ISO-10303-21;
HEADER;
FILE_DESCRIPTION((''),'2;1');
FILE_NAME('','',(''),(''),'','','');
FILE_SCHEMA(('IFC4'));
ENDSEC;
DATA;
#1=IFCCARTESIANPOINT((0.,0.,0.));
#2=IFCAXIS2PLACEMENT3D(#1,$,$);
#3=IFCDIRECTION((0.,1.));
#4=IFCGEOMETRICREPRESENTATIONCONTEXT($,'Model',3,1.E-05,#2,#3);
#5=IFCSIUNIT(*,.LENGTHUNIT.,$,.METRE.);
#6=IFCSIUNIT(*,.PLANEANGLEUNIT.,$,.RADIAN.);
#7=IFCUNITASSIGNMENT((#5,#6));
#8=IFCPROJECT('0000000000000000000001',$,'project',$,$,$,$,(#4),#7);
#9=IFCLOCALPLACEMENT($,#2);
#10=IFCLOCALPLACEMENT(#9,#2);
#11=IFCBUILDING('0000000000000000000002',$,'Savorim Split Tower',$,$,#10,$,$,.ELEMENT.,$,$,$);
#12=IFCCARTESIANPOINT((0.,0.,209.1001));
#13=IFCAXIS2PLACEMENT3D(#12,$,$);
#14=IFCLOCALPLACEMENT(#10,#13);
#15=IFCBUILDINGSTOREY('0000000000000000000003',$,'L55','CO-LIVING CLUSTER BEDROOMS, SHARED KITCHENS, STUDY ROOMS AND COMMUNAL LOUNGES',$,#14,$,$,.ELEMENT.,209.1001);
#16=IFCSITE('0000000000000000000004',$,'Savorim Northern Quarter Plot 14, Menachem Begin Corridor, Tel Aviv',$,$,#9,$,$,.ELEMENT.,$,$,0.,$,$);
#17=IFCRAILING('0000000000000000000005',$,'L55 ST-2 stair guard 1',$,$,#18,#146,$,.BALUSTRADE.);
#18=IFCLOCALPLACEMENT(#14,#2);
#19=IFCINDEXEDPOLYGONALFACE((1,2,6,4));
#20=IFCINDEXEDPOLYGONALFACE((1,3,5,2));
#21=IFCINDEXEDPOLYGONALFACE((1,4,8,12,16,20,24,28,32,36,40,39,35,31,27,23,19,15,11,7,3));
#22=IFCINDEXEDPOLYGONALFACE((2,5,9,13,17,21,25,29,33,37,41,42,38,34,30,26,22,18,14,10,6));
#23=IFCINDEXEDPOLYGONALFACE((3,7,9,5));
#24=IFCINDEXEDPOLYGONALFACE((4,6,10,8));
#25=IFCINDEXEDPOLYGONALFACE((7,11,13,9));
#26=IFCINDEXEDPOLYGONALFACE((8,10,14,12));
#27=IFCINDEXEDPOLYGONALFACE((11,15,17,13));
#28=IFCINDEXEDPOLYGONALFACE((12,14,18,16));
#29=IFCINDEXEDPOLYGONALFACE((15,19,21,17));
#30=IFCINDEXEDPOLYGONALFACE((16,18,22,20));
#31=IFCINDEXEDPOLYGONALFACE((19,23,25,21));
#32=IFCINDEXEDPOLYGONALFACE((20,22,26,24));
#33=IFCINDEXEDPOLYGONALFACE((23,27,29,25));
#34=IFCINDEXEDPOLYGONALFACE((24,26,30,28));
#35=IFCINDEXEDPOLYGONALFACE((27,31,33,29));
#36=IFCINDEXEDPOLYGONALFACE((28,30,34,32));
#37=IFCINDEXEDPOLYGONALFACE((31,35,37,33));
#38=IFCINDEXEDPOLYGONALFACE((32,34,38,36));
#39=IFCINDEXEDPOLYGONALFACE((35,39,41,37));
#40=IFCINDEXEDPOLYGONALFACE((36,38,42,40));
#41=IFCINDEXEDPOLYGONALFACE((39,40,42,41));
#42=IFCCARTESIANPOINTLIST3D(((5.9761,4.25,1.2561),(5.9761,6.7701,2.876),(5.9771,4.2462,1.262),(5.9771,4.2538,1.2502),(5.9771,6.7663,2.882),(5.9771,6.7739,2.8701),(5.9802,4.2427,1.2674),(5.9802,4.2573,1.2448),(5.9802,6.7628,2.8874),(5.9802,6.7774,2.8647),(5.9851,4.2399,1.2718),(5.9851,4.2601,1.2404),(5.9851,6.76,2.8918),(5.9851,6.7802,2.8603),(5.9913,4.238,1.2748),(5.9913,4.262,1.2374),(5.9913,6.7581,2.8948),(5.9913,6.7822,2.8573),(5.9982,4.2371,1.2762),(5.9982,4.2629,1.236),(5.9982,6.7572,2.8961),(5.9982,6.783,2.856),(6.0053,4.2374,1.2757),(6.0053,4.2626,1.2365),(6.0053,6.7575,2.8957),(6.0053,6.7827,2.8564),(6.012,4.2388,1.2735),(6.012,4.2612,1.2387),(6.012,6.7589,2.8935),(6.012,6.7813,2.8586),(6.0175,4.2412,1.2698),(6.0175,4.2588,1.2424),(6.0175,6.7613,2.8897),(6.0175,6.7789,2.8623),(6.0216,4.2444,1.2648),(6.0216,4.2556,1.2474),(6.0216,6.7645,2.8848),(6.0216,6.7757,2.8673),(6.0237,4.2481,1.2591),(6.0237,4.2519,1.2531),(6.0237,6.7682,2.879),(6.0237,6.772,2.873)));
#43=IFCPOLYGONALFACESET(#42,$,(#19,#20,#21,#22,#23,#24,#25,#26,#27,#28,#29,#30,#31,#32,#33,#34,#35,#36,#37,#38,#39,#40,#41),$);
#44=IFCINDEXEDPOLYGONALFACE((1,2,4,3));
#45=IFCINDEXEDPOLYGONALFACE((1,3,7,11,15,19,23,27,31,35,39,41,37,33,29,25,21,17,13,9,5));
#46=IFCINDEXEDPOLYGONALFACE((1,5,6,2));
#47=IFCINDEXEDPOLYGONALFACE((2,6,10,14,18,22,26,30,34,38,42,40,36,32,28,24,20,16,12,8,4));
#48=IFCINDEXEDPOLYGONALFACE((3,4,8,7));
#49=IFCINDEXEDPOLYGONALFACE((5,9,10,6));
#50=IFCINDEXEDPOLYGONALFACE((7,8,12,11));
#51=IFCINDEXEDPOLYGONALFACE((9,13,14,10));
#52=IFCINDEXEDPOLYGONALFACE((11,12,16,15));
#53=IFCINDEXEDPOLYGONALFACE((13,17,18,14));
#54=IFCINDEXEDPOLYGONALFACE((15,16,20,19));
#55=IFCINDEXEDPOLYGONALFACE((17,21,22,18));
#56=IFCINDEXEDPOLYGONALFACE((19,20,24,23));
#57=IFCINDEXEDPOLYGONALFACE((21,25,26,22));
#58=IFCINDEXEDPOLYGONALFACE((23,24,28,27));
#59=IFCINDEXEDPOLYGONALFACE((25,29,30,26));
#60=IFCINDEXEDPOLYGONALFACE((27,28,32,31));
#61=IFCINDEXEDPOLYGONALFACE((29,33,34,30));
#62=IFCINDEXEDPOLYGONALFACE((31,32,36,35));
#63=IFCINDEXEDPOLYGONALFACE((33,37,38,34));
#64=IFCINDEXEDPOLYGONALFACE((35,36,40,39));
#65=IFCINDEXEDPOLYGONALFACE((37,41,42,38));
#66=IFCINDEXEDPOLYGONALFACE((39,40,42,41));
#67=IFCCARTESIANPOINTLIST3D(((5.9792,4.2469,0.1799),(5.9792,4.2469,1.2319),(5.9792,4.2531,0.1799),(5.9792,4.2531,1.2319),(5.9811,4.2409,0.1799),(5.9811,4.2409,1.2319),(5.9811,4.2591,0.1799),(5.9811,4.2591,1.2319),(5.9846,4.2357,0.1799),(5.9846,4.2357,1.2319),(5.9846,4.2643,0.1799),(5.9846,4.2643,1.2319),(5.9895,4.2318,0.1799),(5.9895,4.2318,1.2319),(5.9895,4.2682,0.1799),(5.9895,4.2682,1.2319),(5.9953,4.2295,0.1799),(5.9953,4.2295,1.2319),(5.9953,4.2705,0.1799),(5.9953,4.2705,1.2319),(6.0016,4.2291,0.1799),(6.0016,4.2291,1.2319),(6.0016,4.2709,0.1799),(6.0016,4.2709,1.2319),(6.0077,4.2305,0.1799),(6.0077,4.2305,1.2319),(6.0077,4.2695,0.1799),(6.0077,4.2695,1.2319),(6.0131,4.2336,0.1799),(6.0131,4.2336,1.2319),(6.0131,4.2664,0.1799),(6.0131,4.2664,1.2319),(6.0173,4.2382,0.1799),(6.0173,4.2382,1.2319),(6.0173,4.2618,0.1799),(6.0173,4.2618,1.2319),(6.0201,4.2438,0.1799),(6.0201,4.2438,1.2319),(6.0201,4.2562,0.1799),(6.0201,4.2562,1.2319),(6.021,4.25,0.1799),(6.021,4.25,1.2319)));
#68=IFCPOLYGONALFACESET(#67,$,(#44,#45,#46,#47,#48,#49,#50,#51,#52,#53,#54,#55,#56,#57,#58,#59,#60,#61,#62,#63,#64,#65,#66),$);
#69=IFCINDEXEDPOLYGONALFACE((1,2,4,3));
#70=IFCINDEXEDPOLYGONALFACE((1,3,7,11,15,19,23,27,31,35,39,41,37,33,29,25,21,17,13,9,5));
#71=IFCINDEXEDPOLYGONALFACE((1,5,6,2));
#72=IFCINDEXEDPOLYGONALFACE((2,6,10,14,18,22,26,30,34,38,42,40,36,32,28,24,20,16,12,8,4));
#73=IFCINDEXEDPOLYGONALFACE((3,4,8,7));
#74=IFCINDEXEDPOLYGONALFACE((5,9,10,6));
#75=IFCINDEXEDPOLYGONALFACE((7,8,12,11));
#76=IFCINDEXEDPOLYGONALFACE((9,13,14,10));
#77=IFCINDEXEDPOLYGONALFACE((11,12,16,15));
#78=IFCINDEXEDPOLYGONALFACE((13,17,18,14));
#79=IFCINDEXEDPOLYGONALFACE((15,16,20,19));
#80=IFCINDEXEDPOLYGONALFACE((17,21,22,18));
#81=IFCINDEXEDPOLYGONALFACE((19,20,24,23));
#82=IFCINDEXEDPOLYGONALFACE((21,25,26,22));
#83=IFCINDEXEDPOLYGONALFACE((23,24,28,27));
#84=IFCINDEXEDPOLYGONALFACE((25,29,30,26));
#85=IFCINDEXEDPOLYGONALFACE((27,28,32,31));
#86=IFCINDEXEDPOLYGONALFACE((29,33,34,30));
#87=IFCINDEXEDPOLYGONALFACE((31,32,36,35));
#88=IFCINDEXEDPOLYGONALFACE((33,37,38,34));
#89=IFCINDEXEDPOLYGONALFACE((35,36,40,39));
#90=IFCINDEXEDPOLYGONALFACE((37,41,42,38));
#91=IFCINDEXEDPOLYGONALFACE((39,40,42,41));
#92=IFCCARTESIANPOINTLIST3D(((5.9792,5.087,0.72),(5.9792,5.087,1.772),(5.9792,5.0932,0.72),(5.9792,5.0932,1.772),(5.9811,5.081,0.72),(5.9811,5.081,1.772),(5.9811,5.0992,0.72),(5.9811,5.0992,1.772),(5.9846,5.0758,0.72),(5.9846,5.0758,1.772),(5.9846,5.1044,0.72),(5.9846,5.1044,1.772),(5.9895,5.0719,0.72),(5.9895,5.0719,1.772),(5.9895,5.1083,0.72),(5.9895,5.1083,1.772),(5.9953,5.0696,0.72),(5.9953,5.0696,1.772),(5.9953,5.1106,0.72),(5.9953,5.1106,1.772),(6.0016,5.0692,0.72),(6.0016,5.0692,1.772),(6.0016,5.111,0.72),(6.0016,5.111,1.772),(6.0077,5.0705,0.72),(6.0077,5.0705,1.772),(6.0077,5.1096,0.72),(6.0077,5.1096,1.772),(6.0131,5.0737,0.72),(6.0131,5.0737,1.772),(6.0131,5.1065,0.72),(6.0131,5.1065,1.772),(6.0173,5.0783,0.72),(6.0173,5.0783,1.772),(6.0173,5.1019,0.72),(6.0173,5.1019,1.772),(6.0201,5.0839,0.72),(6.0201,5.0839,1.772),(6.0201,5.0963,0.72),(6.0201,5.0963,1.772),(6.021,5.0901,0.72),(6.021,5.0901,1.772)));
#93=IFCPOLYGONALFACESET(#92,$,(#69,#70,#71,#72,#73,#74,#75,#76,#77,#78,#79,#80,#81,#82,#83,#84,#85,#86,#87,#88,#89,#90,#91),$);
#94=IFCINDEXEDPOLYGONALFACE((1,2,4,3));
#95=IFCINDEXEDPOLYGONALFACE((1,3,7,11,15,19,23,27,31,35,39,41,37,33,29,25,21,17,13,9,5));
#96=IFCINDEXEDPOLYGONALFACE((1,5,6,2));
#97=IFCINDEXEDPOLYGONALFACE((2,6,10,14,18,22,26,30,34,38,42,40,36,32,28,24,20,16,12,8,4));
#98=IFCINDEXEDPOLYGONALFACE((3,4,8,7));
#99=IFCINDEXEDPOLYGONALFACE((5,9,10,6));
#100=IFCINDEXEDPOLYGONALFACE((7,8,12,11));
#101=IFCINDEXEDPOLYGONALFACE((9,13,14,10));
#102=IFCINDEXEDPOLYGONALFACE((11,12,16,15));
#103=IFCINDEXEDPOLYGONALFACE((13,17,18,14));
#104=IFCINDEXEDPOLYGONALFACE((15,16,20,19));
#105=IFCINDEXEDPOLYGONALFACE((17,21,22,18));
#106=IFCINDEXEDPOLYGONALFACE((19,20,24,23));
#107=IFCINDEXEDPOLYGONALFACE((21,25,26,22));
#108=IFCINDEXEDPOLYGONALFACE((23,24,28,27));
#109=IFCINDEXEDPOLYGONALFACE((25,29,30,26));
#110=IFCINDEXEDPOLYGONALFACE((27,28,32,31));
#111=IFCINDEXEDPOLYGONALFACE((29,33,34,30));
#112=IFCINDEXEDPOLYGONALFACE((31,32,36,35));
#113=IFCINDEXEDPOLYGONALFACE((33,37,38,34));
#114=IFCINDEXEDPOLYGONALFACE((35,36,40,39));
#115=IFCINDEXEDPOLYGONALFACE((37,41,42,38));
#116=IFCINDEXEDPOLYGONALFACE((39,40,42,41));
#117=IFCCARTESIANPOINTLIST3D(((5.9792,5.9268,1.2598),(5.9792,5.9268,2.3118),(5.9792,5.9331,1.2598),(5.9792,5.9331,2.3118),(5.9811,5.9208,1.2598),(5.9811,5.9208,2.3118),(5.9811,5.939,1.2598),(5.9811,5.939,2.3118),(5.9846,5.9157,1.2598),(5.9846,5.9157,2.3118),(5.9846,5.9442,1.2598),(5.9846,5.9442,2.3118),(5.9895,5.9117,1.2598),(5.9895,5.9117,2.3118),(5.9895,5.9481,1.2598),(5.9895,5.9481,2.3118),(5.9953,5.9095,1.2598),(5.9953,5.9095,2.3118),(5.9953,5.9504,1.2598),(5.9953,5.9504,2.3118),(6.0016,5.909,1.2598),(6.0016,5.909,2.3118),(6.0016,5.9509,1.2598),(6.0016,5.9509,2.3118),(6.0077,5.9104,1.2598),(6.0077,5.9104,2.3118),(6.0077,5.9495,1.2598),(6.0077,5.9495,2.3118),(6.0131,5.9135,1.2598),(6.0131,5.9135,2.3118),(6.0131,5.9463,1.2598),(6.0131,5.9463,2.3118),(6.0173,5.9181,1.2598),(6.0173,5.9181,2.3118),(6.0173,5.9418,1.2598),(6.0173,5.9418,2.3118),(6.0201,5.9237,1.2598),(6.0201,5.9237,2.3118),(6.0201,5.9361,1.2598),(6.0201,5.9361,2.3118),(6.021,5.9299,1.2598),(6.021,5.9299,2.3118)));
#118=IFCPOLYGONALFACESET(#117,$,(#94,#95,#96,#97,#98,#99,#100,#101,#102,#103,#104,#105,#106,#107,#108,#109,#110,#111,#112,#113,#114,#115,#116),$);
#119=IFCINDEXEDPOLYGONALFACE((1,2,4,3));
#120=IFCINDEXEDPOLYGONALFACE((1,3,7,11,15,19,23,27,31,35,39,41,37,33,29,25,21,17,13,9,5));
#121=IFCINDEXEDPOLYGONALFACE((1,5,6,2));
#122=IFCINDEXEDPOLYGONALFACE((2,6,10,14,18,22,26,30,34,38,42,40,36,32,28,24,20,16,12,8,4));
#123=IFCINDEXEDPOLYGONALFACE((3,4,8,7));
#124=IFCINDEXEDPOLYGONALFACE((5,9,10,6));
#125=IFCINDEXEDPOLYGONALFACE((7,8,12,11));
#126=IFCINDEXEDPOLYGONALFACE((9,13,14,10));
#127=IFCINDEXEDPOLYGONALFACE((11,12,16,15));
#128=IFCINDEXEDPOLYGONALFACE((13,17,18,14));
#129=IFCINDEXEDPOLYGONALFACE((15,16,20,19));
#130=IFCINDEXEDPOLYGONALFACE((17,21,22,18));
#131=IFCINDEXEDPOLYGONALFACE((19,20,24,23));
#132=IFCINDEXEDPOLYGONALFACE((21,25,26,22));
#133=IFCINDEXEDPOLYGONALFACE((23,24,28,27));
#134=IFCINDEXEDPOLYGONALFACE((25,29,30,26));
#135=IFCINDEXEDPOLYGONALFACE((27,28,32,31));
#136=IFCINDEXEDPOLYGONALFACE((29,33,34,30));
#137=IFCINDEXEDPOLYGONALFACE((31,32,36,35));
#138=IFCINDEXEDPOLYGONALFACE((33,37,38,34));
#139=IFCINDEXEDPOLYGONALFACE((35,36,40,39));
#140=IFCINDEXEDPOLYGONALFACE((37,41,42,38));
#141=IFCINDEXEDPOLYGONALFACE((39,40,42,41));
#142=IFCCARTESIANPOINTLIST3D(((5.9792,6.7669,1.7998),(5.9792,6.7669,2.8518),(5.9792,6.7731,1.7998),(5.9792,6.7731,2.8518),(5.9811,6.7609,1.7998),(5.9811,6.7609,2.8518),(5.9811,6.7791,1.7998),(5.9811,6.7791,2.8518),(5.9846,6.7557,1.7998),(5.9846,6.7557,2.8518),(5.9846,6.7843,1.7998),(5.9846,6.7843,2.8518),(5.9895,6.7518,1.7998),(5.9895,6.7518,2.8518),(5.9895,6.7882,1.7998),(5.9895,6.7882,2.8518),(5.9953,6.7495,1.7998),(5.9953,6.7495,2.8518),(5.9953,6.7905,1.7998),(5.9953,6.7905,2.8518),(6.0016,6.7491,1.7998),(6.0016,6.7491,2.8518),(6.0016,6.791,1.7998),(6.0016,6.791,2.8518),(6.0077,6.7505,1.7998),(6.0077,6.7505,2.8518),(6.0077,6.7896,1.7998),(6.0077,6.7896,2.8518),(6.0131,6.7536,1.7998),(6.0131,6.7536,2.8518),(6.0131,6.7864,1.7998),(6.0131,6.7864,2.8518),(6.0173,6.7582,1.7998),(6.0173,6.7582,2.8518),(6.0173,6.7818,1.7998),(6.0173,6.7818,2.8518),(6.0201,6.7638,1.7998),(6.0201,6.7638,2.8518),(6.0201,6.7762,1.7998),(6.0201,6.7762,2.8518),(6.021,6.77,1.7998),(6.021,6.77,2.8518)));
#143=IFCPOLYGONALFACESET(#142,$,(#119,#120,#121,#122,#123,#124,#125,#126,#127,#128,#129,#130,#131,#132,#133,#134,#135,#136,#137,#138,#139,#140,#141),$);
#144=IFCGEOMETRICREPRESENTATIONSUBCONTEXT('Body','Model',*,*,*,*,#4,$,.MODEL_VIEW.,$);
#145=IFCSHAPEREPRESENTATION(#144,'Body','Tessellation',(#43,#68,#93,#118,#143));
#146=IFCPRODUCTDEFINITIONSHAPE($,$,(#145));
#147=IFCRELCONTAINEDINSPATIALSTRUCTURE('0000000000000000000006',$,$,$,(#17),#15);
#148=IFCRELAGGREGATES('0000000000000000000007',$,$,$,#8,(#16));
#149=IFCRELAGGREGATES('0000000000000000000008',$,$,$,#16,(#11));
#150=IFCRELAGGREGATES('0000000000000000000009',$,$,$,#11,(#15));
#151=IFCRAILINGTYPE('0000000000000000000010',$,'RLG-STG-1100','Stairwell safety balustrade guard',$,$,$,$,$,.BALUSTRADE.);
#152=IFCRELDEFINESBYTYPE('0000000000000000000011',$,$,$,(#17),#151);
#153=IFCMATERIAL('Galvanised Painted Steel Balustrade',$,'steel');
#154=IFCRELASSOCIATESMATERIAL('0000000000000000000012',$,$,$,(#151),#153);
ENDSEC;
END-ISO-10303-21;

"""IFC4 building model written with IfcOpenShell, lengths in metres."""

from ifc_helpers import new_model, si_unit, direction, frame, origin, origin_2d, place, context, subcontext, project, spatial, circle, extrude, material, type_object, element, save


model = new_model("IFC4")

# Units and contexts
model_context = context("Model", 3, precision=1e-05, world=origin(), true_north=direction((0.0, 1.0)))
body_context = subcontext(model_context, "Body", "Model", "MODEL_VIEW")
ifc_project = project(units=[si_unit("LENGTHUNIT", "METRE"), si_unit("PLANEANGLEUNIT", "RADIAN")], contexts=[model_context])

# Site, building, storey
site_placement = place(None, origin())
site = spatial("IfcSite", under=ifc_project, at=site_placement, Name="Savorim Northern Quarter Plot 14, Menachem Begin Corridor, Tel Aviv", CompositionType="ELEMENT", RefElevation=0.0)
building_placement = place(site_placement, origin())
building = spatial("IfcBuilding", under=site, at=building_placement, Name="Savorim Split Tower", CompositionType="ELEMENT")
storey_placement = place(building_placement, frame((0.0, 0.0, 209.1001)))
storey = spatial("IfcBuildingStorey", under=building, at=storey_placement, Name="L55", Description="CO-LIVING CLUSTER BEDROOMS, SHARED KITCHENS, STUDY ROOMS AND COMMUNAL LOUNGES", CompositionType="ELEMENT", Elevation=209.1001)

# Railing
ifc_material_1 = material(Name="Galvanised Painted Steel Balustrade", Category="steel")
railing_type_1 = type_object("IfcRailingType", Name="RLG-STG-1100", Description="Stairwell safety balustrade guard", PredefinedType="BALUSTRADE", material=ifc_material_1)
railing_1_placement = place(storey_placement, frame((6.0, 4.25, 0.1799)))
element("IfcRailing", 1, at=railing_1_placement, inside=storey, type_object=railing_type_1, Name="L55 ST-2 stair guard 1", PredefinedType="BALUSTRADE", context=body_context, shape_type="SweptSolid", body=[
    extrude(circle(Radius=0.0239, at=origin_2d()), frame((0.0, 0.0, 1.0762), z_axis=(0.0, 0.8412, 0.540725), x_axis=(-1.0, 0.0, 0.0)), (0.0, 0.0, 1.0), 2.9958),
    extrude(circle(Radius=0.021, at=origin_2d()), origin(), (0.0, 0.0, 1.0), 1.052),
    extrude(circle(Radius=0.021, at=origin_2d()), frame((0.0, 0.8401, 0.54)), (0.0, 0.0, 1.0), 1.052),
    extrude(circle(Radius=0.021, at=origin_2d()), frame((0.0, 1.6799, 1.0798)), (0.0, 0.0, 1.0), 1.052),
    extrude(circle(Radius=0.021, at=origin_2d()), frame((0.0, 2.52, 1.6199)), (0.0, 0.0, 1.0), 1.052),
])

save(model, "model.ifc")
